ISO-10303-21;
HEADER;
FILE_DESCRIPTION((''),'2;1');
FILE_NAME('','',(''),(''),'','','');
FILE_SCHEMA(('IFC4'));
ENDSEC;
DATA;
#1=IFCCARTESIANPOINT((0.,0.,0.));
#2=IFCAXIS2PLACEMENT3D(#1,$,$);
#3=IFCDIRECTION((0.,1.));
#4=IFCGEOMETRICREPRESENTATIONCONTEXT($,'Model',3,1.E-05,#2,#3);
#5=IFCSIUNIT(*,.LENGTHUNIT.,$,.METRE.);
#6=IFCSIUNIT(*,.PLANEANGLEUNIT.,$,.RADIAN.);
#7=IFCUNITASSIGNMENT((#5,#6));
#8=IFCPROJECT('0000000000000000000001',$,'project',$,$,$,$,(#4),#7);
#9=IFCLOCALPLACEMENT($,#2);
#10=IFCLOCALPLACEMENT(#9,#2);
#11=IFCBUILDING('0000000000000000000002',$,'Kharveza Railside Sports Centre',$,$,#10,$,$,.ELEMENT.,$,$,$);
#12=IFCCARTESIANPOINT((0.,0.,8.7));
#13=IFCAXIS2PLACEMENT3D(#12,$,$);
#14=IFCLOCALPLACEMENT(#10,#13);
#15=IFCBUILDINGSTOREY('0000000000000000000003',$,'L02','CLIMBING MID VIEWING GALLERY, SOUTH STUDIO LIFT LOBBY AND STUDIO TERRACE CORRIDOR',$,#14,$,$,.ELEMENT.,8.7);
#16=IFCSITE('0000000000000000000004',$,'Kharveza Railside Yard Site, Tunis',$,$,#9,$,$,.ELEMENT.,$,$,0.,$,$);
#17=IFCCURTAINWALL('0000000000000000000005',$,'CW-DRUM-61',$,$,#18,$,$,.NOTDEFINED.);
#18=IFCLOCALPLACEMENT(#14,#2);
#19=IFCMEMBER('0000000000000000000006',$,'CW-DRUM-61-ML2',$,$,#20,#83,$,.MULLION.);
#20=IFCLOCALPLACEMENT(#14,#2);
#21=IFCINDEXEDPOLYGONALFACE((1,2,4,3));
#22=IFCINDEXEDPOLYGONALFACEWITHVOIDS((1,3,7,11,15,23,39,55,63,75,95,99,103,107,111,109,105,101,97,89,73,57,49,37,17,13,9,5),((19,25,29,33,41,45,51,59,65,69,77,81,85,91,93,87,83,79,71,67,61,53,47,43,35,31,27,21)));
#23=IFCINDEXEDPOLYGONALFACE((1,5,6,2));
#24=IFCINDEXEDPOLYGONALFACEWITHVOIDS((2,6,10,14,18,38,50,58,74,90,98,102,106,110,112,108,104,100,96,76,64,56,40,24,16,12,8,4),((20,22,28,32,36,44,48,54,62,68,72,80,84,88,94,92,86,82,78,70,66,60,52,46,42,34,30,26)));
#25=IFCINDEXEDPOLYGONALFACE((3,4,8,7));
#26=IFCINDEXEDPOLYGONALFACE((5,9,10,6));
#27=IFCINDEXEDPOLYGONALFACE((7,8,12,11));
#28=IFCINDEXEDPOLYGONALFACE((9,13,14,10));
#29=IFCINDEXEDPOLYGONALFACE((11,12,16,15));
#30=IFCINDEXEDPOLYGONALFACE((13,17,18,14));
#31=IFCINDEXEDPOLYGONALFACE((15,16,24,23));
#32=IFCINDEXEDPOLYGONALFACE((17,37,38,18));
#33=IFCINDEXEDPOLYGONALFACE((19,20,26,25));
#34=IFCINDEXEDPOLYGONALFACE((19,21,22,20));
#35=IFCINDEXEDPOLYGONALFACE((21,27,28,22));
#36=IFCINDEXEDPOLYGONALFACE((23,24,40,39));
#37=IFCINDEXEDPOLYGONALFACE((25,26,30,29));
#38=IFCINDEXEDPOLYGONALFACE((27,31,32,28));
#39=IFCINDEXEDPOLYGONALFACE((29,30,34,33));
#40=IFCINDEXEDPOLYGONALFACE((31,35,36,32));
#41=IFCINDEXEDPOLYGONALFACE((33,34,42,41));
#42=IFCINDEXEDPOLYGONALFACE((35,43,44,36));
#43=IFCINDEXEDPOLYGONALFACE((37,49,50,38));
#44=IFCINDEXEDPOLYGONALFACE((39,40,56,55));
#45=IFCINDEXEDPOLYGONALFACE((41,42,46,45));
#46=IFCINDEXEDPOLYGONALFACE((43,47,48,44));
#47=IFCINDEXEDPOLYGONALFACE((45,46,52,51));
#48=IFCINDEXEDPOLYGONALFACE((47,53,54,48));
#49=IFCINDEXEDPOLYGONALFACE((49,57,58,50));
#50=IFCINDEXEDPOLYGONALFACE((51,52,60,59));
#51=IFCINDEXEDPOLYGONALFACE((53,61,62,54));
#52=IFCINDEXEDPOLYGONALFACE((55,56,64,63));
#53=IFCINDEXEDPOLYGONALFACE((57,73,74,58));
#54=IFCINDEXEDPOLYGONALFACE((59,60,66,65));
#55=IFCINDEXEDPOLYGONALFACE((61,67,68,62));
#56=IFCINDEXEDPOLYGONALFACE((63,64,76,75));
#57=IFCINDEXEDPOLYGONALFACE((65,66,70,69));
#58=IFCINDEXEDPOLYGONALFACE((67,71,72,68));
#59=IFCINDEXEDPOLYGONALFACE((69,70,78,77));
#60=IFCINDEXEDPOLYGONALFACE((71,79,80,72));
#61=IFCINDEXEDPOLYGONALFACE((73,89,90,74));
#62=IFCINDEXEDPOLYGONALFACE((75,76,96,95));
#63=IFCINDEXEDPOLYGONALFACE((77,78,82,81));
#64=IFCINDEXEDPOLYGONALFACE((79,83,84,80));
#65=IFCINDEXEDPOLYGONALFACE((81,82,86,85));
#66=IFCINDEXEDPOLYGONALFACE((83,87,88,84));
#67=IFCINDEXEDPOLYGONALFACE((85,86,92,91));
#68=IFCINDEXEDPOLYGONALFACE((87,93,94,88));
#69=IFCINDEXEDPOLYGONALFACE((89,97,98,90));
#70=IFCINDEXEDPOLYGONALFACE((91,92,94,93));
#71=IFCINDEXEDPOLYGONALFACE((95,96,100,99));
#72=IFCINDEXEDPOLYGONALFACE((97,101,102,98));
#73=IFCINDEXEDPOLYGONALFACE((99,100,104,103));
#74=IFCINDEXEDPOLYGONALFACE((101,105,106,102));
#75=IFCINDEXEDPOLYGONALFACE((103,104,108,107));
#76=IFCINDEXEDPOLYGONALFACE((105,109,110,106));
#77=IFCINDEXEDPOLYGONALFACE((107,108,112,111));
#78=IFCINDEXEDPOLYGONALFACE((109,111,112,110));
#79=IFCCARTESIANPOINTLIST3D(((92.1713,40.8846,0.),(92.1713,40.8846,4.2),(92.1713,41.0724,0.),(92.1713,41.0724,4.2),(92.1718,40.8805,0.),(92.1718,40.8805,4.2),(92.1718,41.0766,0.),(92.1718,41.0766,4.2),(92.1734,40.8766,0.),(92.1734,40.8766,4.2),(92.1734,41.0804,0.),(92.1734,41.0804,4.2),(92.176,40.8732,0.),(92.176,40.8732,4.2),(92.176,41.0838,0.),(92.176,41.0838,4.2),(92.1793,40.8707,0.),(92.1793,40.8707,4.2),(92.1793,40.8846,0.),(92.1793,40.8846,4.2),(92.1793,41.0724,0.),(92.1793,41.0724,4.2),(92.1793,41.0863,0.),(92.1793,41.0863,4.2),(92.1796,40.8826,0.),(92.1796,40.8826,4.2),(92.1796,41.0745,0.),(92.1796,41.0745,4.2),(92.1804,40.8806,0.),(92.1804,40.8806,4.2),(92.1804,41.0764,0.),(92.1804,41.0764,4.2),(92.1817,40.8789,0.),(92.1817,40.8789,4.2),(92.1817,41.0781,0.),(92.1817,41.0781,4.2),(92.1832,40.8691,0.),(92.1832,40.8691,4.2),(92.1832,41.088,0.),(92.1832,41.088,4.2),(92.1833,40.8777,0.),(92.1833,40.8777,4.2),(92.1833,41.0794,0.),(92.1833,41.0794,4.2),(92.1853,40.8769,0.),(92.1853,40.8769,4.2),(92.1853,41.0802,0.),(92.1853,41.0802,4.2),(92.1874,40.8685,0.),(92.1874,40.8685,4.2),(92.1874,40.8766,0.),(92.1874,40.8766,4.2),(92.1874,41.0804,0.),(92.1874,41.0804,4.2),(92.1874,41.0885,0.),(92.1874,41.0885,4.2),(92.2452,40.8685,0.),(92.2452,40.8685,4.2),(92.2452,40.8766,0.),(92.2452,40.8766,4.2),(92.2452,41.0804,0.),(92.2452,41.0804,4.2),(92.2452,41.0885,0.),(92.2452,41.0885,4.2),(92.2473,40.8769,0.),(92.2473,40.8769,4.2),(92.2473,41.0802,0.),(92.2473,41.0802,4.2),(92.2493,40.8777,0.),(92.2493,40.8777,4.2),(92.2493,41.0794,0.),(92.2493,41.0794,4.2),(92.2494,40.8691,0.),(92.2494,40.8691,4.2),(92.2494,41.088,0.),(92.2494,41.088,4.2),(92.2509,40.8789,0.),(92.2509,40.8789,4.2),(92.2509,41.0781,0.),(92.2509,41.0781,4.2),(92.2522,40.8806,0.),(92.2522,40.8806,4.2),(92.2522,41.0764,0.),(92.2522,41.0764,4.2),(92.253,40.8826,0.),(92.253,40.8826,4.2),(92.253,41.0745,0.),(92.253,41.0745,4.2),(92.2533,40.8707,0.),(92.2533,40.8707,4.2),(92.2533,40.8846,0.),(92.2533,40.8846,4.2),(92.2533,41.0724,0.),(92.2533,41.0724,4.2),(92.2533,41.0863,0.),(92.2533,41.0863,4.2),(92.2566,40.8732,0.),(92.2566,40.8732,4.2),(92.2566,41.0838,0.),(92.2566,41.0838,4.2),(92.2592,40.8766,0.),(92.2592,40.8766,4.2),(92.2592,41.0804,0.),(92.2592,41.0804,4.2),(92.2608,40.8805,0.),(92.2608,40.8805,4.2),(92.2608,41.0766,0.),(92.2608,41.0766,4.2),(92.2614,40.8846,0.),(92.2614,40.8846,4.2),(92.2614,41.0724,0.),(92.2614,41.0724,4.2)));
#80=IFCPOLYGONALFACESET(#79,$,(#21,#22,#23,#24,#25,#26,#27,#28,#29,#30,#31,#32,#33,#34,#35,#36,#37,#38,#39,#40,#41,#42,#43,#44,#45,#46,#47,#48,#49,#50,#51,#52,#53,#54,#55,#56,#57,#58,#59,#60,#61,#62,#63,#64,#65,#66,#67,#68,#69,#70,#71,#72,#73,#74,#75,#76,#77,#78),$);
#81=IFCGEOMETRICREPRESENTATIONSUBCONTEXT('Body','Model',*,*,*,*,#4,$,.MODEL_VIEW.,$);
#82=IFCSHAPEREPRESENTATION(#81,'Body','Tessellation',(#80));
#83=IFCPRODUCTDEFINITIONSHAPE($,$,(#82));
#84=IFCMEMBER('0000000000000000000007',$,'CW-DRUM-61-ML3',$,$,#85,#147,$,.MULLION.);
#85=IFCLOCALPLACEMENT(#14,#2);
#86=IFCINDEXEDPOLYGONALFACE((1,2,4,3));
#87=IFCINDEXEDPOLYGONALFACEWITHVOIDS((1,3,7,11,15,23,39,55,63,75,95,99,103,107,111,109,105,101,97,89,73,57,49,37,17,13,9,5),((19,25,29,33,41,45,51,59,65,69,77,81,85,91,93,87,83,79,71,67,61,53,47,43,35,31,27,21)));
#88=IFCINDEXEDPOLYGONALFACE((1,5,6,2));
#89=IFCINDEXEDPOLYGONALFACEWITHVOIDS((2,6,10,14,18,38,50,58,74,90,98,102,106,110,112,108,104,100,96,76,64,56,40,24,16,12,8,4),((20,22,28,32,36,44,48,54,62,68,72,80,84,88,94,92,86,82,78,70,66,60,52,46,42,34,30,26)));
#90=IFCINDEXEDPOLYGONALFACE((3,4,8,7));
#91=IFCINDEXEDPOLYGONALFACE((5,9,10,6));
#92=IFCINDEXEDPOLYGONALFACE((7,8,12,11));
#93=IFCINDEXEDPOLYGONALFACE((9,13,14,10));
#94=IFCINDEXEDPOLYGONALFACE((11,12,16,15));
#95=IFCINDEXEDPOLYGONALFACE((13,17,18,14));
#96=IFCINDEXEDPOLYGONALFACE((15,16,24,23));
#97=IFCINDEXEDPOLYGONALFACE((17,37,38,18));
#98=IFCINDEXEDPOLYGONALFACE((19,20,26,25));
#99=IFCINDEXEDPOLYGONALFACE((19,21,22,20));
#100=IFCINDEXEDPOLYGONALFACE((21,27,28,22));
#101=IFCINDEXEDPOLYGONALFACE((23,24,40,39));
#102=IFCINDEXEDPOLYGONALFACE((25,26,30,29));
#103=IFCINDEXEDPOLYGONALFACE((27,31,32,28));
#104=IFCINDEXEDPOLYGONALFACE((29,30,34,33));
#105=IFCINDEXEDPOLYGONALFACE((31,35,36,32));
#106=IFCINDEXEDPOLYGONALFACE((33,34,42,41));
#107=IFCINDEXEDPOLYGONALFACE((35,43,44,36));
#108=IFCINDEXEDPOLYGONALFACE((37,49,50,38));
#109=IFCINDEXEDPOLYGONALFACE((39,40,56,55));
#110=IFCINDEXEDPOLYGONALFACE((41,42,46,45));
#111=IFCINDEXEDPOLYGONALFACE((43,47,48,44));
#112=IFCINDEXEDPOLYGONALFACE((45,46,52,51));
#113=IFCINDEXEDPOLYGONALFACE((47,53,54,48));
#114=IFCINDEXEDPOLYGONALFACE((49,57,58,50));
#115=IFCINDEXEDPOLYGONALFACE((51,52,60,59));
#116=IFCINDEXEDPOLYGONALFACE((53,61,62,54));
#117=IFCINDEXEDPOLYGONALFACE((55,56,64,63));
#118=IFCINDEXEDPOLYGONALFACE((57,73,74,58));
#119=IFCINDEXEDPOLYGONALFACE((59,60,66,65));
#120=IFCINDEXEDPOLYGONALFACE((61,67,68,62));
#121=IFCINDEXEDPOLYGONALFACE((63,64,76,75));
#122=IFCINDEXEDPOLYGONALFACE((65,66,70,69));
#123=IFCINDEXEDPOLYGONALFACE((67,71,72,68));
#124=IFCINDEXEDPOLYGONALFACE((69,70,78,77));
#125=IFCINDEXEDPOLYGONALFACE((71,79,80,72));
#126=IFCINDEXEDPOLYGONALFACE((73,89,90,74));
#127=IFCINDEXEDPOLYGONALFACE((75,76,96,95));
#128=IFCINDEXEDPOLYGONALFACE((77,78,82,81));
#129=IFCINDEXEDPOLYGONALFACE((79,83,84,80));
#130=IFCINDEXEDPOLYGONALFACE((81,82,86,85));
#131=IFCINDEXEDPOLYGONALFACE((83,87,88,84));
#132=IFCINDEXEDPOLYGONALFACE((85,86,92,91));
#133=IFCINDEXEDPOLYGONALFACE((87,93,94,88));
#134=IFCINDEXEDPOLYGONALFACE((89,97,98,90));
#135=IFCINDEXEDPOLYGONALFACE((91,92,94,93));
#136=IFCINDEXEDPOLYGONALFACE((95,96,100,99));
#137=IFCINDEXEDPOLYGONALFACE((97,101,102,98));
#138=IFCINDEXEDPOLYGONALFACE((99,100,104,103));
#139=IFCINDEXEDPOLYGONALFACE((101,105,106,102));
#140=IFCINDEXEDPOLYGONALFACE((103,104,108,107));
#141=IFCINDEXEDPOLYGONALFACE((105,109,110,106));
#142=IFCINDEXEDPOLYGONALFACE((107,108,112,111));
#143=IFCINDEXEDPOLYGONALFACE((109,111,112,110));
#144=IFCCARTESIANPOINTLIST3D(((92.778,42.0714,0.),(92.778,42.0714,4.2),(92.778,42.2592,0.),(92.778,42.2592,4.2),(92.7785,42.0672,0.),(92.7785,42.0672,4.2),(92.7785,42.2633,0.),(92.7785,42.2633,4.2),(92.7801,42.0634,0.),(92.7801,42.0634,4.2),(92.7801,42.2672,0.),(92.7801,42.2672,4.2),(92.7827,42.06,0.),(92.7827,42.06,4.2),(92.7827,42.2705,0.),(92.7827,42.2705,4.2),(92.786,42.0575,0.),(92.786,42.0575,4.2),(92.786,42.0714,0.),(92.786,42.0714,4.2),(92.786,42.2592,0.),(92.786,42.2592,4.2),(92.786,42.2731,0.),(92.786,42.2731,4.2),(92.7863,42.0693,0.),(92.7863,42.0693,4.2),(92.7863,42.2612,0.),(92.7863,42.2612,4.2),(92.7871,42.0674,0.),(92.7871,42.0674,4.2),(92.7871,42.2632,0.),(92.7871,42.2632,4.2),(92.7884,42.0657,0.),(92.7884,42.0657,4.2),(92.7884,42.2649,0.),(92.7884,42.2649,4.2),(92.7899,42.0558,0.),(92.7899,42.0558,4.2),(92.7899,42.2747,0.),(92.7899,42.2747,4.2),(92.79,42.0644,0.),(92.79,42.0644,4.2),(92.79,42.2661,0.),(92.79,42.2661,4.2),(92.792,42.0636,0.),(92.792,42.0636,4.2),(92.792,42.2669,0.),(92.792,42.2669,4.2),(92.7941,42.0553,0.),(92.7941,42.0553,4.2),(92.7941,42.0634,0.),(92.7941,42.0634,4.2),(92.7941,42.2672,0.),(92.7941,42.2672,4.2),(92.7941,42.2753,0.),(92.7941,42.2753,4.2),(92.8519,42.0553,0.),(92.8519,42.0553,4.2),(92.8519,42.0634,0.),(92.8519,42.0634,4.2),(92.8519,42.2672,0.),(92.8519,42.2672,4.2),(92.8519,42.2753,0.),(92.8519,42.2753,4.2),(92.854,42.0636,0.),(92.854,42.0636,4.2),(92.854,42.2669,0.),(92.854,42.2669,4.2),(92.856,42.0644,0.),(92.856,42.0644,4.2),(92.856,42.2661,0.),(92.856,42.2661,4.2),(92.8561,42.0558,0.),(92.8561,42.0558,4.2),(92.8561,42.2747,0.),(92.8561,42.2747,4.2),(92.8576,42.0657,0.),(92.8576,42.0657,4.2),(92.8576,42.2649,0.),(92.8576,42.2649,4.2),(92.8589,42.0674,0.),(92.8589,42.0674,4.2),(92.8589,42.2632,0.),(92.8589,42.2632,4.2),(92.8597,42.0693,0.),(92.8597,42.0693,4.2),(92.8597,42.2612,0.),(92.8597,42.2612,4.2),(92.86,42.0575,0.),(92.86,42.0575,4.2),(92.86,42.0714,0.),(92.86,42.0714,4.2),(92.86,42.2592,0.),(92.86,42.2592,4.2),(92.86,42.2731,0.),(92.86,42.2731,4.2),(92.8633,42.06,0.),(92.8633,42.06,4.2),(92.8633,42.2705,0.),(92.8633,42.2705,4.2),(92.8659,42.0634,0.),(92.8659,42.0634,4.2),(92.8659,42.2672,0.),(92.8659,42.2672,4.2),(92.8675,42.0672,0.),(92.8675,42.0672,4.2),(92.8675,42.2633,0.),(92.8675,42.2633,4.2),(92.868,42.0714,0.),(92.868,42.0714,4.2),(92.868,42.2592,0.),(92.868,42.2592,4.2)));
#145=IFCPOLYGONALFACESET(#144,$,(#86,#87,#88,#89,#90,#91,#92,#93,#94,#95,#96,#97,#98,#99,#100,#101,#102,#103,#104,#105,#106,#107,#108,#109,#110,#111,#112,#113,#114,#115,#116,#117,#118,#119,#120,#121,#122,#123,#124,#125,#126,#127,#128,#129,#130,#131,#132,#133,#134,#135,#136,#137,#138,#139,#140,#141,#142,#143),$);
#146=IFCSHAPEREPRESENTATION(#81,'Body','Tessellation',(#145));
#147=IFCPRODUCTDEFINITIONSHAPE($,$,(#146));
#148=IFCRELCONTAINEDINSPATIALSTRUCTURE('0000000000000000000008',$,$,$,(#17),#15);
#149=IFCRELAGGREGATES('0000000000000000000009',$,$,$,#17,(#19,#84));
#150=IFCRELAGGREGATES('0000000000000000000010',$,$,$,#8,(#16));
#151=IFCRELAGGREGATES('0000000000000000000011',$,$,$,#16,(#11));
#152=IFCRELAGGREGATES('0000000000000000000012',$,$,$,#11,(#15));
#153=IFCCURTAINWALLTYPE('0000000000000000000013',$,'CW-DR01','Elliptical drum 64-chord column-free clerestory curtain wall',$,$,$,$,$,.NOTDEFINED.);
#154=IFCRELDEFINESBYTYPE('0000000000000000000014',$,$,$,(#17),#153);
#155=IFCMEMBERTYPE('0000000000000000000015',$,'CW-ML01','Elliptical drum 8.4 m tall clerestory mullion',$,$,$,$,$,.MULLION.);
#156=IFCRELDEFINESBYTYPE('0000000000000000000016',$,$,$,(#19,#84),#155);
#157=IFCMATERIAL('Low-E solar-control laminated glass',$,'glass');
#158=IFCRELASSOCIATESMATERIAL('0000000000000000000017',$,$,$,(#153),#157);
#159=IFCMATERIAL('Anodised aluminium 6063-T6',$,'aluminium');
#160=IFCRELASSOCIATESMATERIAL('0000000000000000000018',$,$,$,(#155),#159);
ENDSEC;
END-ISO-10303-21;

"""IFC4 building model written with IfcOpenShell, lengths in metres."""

from ifc_helpers import new_model, si_unit, direction, frame, origin, origin_2d, place, context, subcontext, project, spatial, hollow_rectangle, extrude, material, material_profile, profile_set, type_object, element, aggregate, save


model = new_model("IFC4")

# Units and contexts
model_context = context("Model", 3, precision=1e-05, world=origin(), true_north=direction((0.0, 1.0)))
body_context = subcontext(model_context, "Body", "Model", "MODEL_VIEW")
ifc_project = project(units=[si_unit("LENGTHUNIT", "METRE"), si_unit("PLANEANGLEUNIT", "RADIAN")], contexts=[model_context])

# Site, building, storey
site_placement = place(None, origin())
site = spatial("IfcSite", under=ifc_project, at=site_placement, Name="Kharveza Railside Yard Site, Tunis", CompositionType="ELEMENT", RefElevation=0.0)
building_placement = place(site_placement, origin())
building = spatial("IfcBuilding", under=site, at=building_placement, Name="Kharveza Railside Sports Centre", CompositionType="ELEMENT")
storey_placement = place(building_placement, frame((0.0, 0.0, 8.7)))
storey = spatial("IfcBuildingStorey", under=building, at=storey_placement, Name="L02", Description="CLIMBING MID VIEWING GALLERY, SOUTH STUDIO LIFT LOBBY AND STUDIO TERRACE CORRIDOR", CompositionType="ELEMENT", Elevation=8.7)

# Curtain wall, members
ifc_material_1 = material(Name="Low-E solar-control laminated glass", Category="glass")
curtain_wall_type_1 = type_object("IfcCurtainWallType", Name="CW-DR01", Description="Elliptical drum 64-chord column-free clerestory curtain wall", PredefinedType="NOTDEFINED", material=ifc_material_1)
curtain_wall_1_placement = place(storey_placement, origin())
curtain_wall_1 = element("IfcCurtainWall", 1, at=curtain_wall_1_placement, inside=storey, type_object=curtain_wall_type_1, Name="CW-DRUM-61", PredefinedType="NOTDEFINED")
ifc_material_2 = material(Name="Anodised aluminium 6063-T6", Category="aluminium")
ifc_material_profile_1 = material_profile(ifc_material_2, hollow_rectangle(XDim=0.0901, YDim=0.22, WallThickness=0.0081, InnerFilletRadius=0.0081, OuterFilletRadius=0.0161, at=origin_2d()), Name="RHS 90x220x8.0")
ifc_profile_set_1 = profile_set([ifc_material_profile_1], Name="Anodised aluminium 6063-T6")
member_type_1 = type_object("IfcMemberType", Name="CW-ML01", Description="Elliptical drum 8.4 m tall clerestory mullion", PredefinedType="MULLION", material=ifc_profile_set_1)
member_1_placement = place(storey_placement, frame((92.2163, 40.9785, 0.0), z_axis=(0.0, 0.0, 1.0), x_axis=(1.0, 0.0, 0.0)))
member_1 = element("IfcMember", 2, at=member_1_placement, type_object=member_type_1, Name="CW-DRUM-61-ML2", PredefinedType="MULLION", context=body_context, shape_type="SweptSolid", body=[
    extrude(hollow_rectangle(XDim=0.0901, YDim=0.22, WallThickness=0.0081, InnerFilletRadius=0.0081, OuterFilletRadius=0.0161, at=origin_2d()), origin(), (0.0, 0.0, 1.0), 4.2),
])
member_2_placement = place(storey_placement, frame((92.823, 42.1653, 0.0), z_axis=(0.0, 0.0, 1.0), x_axis=(1.0, 0.0, 0.0)))
member_2 = element("IfcMember", 3, at=member_2_placement, type_object=member_type_1, Name="CW-DRUM-61-ML3", PredefinedType="MULLION", context=body_context, shape_type="SweptSolid", body=[
    extrude(hollow_rectangle(XDim=0.0901, YDim=0.22, WallThickness=0.0081, InnerFilletRadius=0.0081, OuterFilletRadius=0.0161, at=origin_2d()), origin(), (0.0, 0.0, 1.0), 4.2),
])

aggregate(curtain_wall_1, [member_1, member_2])

save(model, "model.ifc")
